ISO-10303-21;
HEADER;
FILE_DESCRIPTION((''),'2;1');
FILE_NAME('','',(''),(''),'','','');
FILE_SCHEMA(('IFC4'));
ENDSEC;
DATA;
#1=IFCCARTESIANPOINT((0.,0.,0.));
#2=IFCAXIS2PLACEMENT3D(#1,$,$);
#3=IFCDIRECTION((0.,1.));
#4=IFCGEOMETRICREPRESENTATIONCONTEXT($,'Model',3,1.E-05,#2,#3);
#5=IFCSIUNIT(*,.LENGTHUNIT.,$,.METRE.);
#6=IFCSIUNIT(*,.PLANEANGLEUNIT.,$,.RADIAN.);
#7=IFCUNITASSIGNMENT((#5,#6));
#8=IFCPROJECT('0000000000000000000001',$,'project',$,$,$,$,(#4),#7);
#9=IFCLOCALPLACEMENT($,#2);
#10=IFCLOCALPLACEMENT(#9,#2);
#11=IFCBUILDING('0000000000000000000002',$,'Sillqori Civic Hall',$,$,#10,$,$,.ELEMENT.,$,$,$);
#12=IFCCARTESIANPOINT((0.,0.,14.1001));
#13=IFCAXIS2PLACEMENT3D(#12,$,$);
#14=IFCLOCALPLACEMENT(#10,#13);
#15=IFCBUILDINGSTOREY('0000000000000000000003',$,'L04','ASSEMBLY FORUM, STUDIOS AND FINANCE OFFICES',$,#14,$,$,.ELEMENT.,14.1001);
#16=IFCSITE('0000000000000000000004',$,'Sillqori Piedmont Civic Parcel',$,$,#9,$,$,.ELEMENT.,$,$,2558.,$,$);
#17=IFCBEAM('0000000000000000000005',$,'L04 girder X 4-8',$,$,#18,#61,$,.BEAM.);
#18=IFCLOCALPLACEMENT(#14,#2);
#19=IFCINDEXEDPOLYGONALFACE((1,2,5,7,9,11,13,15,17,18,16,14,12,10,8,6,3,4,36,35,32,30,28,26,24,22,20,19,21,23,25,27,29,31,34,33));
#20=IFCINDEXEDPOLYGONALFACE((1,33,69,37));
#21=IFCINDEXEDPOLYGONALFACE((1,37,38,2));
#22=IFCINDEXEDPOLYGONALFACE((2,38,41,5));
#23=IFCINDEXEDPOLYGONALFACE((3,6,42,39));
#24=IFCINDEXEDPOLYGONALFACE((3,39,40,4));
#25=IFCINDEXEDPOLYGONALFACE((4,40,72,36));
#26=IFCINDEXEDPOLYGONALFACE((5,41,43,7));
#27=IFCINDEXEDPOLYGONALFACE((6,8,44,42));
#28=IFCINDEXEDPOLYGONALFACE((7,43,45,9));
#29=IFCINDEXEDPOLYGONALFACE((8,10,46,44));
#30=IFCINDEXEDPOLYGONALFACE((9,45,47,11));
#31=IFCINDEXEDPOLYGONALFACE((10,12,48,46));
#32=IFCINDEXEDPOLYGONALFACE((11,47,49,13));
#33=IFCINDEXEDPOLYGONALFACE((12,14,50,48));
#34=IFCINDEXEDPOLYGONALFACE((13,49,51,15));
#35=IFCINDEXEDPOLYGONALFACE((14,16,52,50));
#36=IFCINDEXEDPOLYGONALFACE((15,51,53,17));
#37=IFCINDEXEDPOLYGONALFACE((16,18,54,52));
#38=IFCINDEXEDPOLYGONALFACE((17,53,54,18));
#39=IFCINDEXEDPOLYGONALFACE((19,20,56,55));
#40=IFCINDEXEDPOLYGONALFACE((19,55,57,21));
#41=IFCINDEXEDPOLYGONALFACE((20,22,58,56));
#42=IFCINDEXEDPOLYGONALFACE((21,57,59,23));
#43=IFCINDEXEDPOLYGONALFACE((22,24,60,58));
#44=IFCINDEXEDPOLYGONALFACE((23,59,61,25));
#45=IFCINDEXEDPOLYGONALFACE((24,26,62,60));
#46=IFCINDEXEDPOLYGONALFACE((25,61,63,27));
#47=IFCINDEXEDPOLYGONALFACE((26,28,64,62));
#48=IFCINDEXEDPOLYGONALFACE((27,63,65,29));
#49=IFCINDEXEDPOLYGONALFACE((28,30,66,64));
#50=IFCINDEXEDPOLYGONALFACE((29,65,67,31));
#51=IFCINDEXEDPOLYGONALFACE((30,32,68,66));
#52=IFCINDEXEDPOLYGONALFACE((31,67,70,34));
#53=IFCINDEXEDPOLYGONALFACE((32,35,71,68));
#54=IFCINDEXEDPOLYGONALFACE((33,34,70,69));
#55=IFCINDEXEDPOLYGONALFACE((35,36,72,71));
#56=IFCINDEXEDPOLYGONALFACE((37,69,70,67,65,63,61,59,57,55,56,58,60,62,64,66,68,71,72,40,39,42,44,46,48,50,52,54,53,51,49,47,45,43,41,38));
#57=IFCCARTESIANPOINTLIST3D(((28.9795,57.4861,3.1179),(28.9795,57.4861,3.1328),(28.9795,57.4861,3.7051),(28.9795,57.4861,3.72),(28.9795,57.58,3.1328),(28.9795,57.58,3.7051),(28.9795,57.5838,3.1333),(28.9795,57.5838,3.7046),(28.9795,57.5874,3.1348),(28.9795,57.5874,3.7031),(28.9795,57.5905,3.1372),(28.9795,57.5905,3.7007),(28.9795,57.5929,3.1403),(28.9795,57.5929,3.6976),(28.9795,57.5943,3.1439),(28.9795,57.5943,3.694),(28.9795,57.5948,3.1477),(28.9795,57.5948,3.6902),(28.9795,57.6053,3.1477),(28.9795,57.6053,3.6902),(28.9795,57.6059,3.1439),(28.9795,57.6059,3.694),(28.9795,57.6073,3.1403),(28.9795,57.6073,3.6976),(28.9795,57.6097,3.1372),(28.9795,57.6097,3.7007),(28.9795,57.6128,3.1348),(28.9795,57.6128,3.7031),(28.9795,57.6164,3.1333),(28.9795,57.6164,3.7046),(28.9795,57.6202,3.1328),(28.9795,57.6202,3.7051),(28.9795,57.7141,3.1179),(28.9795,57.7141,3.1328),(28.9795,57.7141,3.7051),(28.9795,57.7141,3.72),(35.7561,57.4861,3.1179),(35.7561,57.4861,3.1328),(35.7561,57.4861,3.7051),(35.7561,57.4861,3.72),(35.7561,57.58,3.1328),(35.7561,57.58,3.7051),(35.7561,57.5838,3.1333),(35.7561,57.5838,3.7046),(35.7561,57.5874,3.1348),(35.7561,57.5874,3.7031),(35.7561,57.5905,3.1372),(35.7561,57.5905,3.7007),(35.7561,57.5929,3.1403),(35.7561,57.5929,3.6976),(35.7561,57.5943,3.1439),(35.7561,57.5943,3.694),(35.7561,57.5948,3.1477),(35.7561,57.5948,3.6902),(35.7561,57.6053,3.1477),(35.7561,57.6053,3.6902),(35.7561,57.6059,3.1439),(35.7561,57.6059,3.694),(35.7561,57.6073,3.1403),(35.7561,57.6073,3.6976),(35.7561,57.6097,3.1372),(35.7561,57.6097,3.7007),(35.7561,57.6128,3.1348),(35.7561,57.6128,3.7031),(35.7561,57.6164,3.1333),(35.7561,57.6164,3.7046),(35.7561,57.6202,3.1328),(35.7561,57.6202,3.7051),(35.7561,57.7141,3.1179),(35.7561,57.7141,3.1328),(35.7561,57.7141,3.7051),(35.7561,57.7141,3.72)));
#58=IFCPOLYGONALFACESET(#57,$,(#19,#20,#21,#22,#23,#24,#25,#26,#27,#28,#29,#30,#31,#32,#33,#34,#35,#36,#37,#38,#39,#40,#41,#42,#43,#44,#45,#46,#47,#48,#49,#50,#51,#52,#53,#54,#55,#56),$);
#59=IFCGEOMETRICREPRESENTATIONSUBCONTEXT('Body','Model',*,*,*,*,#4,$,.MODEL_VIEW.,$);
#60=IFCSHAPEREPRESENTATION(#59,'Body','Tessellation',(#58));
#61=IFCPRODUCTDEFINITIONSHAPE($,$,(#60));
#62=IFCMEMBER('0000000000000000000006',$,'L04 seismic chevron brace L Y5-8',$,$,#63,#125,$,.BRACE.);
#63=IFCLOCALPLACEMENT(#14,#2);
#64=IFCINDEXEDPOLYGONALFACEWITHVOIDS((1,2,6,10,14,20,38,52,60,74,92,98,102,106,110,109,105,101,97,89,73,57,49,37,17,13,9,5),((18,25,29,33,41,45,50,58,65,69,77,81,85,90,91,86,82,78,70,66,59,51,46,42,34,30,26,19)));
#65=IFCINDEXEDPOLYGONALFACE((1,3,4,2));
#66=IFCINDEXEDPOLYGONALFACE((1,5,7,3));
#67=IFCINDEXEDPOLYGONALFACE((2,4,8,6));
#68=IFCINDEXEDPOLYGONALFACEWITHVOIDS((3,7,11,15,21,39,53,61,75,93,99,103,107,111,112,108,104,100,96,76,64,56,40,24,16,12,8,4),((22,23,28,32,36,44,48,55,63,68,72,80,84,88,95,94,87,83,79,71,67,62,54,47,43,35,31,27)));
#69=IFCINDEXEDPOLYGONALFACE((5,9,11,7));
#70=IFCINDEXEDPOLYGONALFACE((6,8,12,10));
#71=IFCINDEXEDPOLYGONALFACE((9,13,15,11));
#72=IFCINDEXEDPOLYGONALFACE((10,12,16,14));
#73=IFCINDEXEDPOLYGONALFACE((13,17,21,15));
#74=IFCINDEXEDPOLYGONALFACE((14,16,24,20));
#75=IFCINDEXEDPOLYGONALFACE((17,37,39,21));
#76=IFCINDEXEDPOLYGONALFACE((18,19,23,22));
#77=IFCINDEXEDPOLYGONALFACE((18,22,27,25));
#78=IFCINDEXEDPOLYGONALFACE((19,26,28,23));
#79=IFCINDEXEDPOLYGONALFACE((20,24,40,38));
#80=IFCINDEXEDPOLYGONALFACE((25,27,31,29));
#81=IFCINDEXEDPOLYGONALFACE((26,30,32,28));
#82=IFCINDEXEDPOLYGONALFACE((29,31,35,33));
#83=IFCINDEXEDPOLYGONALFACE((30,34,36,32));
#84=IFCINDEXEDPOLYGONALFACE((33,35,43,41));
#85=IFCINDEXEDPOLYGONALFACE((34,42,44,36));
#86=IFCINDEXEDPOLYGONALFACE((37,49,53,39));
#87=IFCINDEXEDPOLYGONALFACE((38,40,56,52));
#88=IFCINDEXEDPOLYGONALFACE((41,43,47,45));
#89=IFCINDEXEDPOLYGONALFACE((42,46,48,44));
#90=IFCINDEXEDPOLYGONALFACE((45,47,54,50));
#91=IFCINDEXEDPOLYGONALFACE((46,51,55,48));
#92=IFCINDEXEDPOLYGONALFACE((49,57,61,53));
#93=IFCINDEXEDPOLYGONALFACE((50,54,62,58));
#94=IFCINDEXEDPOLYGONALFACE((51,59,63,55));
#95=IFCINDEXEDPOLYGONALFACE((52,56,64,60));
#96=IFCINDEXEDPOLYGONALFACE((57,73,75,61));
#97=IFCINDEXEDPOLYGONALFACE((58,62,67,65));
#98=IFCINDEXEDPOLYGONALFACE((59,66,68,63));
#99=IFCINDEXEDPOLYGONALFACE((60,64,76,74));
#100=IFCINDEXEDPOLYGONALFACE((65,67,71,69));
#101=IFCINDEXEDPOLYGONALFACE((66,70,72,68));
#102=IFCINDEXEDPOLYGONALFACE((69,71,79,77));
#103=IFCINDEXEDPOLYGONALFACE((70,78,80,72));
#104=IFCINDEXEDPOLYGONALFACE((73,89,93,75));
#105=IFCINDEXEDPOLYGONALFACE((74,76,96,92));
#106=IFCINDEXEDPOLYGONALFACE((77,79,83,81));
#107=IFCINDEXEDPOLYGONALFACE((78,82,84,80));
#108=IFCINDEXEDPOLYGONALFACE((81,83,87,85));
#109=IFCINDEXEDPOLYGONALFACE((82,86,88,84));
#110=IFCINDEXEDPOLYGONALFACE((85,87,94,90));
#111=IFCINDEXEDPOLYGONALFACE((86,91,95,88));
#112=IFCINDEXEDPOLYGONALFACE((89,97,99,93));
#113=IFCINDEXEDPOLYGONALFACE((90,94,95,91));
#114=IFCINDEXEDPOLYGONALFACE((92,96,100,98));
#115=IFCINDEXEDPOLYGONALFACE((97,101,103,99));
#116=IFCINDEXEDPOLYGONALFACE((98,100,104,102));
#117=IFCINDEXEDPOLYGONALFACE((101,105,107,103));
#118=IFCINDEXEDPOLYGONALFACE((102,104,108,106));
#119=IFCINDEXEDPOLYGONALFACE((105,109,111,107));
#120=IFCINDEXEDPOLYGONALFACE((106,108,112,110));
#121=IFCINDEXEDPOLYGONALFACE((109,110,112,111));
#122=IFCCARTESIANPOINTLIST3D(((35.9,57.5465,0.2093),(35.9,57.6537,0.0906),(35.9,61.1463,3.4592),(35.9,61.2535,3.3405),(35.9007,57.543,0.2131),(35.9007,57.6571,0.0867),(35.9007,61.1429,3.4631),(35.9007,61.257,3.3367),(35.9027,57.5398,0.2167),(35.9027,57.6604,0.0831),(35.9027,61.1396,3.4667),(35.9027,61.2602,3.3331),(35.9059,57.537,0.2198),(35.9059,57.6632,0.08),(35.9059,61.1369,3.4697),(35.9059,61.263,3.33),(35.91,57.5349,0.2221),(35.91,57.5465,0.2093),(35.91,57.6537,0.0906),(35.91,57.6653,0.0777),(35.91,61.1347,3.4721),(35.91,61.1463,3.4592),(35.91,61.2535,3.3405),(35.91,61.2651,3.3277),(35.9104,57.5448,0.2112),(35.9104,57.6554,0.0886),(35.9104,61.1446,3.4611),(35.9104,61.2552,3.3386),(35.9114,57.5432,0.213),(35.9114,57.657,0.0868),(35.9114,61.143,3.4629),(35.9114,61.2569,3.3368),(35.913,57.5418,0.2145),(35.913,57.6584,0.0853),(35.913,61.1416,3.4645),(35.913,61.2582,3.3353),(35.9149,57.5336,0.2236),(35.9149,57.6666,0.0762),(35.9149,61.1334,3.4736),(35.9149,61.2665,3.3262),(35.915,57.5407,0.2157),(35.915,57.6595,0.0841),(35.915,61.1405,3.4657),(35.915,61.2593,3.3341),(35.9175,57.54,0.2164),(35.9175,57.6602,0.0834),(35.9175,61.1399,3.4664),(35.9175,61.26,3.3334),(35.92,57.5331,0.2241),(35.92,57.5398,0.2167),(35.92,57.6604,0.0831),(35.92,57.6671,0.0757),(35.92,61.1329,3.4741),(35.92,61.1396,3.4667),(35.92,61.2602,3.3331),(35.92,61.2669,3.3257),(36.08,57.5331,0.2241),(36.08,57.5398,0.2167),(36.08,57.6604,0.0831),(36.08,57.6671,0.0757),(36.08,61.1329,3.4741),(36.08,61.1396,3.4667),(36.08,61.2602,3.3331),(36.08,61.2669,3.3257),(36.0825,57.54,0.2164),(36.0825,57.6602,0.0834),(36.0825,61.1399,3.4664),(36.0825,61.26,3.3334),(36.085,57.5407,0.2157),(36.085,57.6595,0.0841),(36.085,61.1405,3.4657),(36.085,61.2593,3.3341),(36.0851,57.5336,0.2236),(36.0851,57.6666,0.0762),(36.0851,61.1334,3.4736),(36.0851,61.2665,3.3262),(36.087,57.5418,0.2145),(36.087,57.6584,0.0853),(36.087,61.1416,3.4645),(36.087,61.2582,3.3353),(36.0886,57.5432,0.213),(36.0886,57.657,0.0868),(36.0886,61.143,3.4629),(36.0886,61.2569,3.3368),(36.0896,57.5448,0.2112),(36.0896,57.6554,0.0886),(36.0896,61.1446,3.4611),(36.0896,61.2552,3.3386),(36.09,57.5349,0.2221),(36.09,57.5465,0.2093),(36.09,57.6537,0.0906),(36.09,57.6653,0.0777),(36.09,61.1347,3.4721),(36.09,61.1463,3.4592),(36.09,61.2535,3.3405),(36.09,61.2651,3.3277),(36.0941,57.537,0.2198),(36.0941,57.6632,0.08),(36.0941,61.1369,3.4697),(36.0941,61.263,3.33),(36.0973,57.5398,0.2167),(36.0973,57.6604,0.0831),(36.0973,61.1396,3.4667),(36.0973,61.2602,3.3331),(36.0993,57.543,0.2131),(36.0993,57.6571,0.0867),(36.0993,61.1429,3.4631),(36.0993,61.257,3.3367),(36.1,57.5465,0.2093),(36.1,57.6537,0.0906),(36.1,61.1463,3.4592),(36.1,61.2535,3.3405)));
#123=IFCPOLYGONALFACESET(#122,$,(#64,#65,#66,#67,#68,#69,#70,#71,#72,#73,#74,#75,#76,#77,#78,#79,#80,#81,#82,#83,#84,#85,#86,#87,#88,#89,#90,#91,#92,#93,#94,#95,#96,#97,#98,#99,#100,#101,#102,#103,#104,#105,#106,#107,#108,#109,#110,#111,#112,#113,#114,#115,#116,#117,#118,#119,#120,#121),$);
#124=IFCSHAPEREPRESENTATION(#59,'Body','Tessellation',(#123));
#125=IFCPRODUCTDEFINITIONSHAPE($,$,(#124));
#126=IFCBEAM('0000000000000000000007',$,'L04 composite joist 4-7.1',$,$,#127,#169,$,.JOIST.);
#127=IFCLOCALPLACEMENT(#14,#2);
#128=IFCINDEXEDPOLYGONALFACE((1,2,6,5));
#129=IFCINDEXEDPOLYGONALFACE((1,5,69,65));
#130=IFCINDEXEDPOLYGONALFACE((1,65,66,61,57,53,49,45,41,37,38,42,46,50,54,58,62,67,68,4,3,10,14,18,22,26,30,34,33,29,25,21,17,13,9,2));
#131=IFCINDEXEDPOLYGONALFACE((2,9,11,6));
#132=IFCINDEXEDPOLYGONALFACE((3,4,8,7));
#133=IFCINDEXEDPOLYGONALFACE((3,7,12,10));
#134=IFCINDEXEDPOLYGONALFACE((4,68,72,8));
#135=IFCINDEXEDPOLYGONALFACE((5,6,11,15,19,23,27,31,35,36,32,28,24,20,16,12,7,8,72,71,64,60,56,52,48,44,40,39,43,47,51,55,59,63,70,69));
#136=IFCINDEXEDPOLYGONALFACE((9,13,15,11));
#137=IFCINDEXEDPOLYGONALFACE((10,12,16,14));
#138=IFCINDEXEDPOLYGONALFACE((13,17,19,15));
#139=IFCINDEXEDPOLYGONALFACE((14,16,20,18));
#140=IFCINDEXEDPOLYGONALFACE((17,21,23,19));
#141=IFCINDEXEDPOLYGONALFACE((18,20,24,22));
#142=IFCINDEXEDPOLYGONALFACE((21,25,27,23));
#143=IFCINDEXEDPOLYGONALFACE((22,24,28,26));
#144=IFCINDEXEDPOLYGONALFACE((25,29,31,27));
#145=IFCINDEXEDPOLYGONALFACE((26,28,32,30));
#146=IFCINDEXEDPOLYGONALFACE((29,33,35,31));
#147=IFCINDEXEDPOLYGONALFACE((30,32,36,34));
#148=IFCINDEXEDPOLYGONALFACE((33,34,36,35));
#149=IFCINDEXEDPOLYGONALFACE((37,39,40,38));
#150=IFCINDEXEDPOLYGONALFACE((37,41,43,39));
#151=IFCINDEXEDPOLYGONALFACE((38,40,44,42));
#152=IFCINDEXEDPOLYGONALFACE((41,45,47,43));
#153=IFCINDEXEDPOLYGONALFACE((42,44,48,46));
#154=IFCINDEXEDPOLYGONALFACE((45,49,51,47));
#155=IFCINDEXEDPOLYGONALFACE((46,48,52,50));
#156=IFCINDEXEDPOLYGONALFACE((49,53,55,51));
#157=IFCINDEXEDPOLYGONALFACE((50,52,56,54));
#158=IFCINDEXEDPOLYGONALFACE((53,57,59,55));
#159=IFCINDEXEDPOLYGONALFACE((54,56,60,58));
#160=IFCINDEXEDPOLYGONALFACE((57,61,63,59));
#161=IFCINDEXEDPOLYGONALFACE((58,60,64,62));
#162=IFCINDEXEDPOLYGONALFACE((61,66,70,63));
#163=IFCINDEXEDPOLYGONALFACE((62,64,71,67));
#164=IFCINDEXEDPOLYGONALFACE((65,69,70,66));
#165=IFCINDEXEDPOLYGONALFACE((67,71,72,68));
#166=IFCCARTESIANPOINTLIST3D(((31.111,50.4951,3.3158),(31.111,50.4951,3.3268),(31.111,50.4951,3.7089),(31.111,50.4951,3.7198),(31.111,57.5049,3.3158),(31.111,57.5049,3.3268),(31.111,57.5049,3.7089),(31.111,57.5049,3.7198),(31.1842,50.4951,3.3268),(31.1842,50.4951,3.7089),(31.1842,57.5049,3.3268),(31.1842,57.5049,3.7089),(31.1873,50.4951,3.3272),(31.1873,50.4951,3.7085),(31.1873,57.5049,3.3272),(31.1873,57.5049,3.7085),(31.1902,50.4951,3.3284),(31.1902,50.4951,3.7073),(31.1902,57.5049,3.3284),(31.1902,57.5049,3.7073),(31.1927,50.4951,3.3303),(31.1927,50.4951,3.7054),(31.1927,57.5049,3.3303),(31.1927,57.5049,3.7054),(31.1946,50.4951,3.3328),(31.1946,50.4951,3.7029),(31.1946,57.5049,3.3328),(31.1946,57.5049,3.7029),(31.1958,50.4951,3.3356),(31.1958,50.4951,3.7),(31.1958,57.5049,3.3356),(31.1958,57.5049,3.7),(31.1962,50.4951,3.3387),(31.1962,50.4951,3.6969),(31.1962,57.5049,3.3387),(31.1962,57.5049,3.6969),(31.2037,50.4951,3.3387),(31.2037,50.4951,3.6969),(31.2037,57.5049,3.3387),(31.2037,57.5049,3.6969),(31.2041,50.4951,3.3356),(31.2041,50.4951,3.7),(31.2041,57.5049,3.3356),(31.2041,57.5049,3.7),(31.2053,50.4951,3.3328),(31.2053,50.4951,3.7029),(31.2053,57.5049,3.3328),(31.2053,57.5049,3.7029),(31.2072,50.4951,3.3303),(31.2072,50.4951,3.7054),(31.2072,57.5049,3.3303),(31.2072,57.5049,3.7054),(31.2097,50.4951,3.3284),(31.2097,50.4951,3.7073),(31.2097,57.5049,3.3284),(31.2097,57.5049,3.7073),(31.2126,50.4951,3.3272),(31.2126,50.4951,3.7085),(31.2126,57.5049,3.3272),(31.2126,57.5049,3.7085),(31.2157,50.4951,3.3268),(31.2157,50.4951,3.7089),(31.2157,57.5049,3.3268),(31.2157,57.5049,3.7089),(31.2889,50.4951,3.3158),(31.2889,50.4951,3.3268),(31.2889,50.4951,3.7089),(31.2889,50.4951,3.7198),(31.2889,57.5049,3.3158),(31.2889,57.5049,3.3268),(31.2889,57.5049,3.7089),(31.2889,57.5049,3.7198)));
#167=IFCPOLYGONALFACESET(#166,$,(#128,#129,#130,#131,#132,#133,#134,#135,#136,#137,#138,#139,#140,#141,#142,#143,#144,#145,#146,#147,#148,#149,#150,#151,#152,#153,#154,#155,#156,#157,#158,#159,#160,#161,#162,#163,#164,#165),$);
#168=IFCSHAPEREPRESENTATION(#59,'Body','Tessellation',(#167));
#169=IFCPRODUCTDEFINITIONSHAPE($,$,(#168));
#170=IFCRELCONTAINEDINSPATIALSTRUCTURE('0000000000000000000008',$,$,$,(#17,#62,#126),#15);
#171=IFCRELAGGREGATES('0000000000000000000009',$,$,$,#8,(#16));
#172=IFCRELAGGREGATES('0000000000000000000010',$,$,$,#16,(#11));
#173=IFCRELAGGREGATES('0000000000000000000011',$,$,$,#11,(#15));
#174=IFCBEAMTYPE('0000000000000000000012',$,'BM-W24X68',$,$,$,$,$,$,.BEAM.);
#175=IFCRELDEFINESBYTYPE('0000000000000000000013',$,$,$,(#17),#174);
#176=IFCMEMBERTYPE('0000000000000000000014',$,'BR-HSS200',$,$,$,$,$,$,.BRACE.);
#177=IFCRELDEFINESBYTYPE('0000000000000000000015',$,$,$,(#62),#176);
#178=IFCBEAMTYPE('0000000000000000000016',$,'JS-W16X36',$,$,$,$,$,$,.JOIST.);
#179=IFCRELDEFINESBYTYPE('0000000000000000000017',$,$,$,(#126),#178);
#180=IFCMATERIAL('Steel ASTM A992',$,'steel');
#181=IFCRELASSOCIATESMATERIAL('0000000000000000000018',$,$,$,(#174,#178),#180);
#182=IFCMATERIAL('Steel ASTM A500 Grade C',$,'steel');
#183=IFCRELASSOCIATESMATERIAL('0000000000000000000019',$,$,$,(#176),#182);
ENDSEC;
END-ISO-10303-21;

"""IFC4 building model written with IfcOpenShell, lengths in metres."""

from ifc_helpers import new_model, si_unit, direction, frame, origin, origin_2d, place, context, subcontext, project, spatial, hollow_rectangle, i_section, extrude, material, material_profile, profile_set, type_object, element, save


model = new_model("IFC4")

# Units and contexts
model_context = context("Model", 3, precision=1e-05, world=origin(), true_north=direction((0.0, 1.0)))
body_context = subcontext(model_context, "Body", "Model", "MODEL_VIEW")
ifc_project = project(units=[si_unit("LENGTHUNIT", "METRE"), si_unit("PLANEANGLEUNIT", "RADIAN")], contexts=[model_context])

# Site, building, storey
site_placement = place(None, origin())
site = spatial("IfcSite", under=ifc_project, at=site_placement, Name="Sillqori Piedmont Civic Parcel", CompositionType="ELEMENT", RefElevation=2558.0)
building_placement = place(site_placement, origin())
building = spatial("IfcBuilding", under=site, at=building_placement, Name="Sillqori Civic Hall", CompositionType="ELEMENT")
storey_placement = place(building_placement, frame((0.0, 0.0, 14.1001)))
storey = spatial("IfcBuildingStorey", under=building, at=storey_placement, Name="L04", Description="ASSEMBLY FORUM, STUDIOS AND FINANCE OFFICES", CompositionType="ELEMENT", Elevation=14.1001)

# Shared definitions
ifc_material_1 = material(Name="Steel ASTM A992", Category="steel")

# Beam
ifc_material_profile_1 = material_profile(ifc_material_1, i_section(OverallWidth=0.228, OverallDepth=0.6021, WebThickness=0.0105, FlangeThickness=0.0149, FilletRadius=0.0149, at=origin_2d()), Name="W24X68")
ifc_profile_set_1 = profile_set([ifc_material_profile_1], Name="Steel ASTM A992")
beam_type_1 = type_object("IfcBeamType", Name="BM-W24X68", PredefinedType="BEAM", material=ifc_profile_set_1)
beam_1_placement = place(storey_placement, frame((28.9795, 57.6001, 3.4189), z_axis=(1.0, 0.0, 0.0), x_axis=(0.0, 1.0, 0.0)))
element("IfcBeam", 1, at=beam_1_placement, inside=storey, type_object=beam_type_1, Name="L04 girder X 4-8", PredefinedType="BEAM", context=body_context, shape_type="SweptSolid", body=[
    extrude(i_section(OverallWidth=0.228, OverallDepth=0.6021, WebThickness=0.0105, FlangeThickness=0.0149, FilletRadius=0.0149, at=origin_2d()), origin(), (0.0, 0.0, 1.0), 6.7766),
])

# Member
ifc_material_2 = material(Name="Steel ASTM A500 Grade C", Category="steel")
ifc_material_profile_2 = material_profile(ifc_material_2, hollow_rectangle(XDim=0.2, YDim=0.2, WallThickness=0.01, InnerFilletRadius=0.01, OuterFilletRadius=0.02, at=origin_2d()), Name="HSS200X200X10")
ifc_profile_set_2 = profile_set([ifc_material_profile_2], Name="Steel ASTM A500 Grade C")
member_type = type_object("IfcMemberType", Name="BR-HSS200", PredefinedType="BRACE", material=ifc_profile_set_2)
member_placement = place(storey_placement, frame((36.0, 57.6001, 0.1499), z_axis=(0.0, 0.742254, 0.670118), x_axis=(-1.0, 0.0, 0.0)))
element("IfcMember", 2, at=member_placement, inside=storey, type_object=member_type, Name="L04 seismic chevron brace L Y5-8", PredefinedType="BRACE", context=body_context, shape_type="SweptSolid", body=[
    extrude(hollow_rectangle(XDim=0.2, YDim=0.2, WallThickness=0.01, InnerFilletRadius=0.01, OuterFilletRadius=0.02, at=origin_2d()), origin(), (0.0, 0.0, 1.0), 4.8499),
])

# Beam
ifc_material_profile_3 = material_profile(ifc_material_1, i_section(OverallWidth=0.178, OverallDepth=0.4041, WebThickness=0.0076, FlangeThickness=0.011, FilletRadius=0.012, at=origin_2d()), Name="W16X36")
ifc_profile_set_3 = profile_set([ifc_material_profile_3], Name="Steel ASTM A992")
beam_type_2 = type_object("IfcBeamType", Name="JS-W16X36", PredefinedType="JOIST", material=ifc_profile_set_3)
for number, where, z_axis, x_axis, name in (
    (3, (31.2, 50.4951, 3.5178), (0.0, 1.0, 0.0), (-1.0, 0.0, 0.0), "L04 composite joist 4-7.1"),
):
    element("IfcBeam", number, at=place(storey_placement, frame(where, z_axis=z_axis, x_axis=x_axis)), inside=storey, type_object=beam_type_2, Name=name, PredefinedType="JOIST", context=body_context, shape_type="SweptSolid", body=[
        extrude(i_section(OverallWidth=0.178, OverallDepth=0.4041, WebThickness=0.0076, FlangeThickness=0.011, FilletRadius=0.012, at=origin_2d()), origin(), (0.0, 0.0, 1.0), 7.0098),
    ])

save(model, "model.ifc")
